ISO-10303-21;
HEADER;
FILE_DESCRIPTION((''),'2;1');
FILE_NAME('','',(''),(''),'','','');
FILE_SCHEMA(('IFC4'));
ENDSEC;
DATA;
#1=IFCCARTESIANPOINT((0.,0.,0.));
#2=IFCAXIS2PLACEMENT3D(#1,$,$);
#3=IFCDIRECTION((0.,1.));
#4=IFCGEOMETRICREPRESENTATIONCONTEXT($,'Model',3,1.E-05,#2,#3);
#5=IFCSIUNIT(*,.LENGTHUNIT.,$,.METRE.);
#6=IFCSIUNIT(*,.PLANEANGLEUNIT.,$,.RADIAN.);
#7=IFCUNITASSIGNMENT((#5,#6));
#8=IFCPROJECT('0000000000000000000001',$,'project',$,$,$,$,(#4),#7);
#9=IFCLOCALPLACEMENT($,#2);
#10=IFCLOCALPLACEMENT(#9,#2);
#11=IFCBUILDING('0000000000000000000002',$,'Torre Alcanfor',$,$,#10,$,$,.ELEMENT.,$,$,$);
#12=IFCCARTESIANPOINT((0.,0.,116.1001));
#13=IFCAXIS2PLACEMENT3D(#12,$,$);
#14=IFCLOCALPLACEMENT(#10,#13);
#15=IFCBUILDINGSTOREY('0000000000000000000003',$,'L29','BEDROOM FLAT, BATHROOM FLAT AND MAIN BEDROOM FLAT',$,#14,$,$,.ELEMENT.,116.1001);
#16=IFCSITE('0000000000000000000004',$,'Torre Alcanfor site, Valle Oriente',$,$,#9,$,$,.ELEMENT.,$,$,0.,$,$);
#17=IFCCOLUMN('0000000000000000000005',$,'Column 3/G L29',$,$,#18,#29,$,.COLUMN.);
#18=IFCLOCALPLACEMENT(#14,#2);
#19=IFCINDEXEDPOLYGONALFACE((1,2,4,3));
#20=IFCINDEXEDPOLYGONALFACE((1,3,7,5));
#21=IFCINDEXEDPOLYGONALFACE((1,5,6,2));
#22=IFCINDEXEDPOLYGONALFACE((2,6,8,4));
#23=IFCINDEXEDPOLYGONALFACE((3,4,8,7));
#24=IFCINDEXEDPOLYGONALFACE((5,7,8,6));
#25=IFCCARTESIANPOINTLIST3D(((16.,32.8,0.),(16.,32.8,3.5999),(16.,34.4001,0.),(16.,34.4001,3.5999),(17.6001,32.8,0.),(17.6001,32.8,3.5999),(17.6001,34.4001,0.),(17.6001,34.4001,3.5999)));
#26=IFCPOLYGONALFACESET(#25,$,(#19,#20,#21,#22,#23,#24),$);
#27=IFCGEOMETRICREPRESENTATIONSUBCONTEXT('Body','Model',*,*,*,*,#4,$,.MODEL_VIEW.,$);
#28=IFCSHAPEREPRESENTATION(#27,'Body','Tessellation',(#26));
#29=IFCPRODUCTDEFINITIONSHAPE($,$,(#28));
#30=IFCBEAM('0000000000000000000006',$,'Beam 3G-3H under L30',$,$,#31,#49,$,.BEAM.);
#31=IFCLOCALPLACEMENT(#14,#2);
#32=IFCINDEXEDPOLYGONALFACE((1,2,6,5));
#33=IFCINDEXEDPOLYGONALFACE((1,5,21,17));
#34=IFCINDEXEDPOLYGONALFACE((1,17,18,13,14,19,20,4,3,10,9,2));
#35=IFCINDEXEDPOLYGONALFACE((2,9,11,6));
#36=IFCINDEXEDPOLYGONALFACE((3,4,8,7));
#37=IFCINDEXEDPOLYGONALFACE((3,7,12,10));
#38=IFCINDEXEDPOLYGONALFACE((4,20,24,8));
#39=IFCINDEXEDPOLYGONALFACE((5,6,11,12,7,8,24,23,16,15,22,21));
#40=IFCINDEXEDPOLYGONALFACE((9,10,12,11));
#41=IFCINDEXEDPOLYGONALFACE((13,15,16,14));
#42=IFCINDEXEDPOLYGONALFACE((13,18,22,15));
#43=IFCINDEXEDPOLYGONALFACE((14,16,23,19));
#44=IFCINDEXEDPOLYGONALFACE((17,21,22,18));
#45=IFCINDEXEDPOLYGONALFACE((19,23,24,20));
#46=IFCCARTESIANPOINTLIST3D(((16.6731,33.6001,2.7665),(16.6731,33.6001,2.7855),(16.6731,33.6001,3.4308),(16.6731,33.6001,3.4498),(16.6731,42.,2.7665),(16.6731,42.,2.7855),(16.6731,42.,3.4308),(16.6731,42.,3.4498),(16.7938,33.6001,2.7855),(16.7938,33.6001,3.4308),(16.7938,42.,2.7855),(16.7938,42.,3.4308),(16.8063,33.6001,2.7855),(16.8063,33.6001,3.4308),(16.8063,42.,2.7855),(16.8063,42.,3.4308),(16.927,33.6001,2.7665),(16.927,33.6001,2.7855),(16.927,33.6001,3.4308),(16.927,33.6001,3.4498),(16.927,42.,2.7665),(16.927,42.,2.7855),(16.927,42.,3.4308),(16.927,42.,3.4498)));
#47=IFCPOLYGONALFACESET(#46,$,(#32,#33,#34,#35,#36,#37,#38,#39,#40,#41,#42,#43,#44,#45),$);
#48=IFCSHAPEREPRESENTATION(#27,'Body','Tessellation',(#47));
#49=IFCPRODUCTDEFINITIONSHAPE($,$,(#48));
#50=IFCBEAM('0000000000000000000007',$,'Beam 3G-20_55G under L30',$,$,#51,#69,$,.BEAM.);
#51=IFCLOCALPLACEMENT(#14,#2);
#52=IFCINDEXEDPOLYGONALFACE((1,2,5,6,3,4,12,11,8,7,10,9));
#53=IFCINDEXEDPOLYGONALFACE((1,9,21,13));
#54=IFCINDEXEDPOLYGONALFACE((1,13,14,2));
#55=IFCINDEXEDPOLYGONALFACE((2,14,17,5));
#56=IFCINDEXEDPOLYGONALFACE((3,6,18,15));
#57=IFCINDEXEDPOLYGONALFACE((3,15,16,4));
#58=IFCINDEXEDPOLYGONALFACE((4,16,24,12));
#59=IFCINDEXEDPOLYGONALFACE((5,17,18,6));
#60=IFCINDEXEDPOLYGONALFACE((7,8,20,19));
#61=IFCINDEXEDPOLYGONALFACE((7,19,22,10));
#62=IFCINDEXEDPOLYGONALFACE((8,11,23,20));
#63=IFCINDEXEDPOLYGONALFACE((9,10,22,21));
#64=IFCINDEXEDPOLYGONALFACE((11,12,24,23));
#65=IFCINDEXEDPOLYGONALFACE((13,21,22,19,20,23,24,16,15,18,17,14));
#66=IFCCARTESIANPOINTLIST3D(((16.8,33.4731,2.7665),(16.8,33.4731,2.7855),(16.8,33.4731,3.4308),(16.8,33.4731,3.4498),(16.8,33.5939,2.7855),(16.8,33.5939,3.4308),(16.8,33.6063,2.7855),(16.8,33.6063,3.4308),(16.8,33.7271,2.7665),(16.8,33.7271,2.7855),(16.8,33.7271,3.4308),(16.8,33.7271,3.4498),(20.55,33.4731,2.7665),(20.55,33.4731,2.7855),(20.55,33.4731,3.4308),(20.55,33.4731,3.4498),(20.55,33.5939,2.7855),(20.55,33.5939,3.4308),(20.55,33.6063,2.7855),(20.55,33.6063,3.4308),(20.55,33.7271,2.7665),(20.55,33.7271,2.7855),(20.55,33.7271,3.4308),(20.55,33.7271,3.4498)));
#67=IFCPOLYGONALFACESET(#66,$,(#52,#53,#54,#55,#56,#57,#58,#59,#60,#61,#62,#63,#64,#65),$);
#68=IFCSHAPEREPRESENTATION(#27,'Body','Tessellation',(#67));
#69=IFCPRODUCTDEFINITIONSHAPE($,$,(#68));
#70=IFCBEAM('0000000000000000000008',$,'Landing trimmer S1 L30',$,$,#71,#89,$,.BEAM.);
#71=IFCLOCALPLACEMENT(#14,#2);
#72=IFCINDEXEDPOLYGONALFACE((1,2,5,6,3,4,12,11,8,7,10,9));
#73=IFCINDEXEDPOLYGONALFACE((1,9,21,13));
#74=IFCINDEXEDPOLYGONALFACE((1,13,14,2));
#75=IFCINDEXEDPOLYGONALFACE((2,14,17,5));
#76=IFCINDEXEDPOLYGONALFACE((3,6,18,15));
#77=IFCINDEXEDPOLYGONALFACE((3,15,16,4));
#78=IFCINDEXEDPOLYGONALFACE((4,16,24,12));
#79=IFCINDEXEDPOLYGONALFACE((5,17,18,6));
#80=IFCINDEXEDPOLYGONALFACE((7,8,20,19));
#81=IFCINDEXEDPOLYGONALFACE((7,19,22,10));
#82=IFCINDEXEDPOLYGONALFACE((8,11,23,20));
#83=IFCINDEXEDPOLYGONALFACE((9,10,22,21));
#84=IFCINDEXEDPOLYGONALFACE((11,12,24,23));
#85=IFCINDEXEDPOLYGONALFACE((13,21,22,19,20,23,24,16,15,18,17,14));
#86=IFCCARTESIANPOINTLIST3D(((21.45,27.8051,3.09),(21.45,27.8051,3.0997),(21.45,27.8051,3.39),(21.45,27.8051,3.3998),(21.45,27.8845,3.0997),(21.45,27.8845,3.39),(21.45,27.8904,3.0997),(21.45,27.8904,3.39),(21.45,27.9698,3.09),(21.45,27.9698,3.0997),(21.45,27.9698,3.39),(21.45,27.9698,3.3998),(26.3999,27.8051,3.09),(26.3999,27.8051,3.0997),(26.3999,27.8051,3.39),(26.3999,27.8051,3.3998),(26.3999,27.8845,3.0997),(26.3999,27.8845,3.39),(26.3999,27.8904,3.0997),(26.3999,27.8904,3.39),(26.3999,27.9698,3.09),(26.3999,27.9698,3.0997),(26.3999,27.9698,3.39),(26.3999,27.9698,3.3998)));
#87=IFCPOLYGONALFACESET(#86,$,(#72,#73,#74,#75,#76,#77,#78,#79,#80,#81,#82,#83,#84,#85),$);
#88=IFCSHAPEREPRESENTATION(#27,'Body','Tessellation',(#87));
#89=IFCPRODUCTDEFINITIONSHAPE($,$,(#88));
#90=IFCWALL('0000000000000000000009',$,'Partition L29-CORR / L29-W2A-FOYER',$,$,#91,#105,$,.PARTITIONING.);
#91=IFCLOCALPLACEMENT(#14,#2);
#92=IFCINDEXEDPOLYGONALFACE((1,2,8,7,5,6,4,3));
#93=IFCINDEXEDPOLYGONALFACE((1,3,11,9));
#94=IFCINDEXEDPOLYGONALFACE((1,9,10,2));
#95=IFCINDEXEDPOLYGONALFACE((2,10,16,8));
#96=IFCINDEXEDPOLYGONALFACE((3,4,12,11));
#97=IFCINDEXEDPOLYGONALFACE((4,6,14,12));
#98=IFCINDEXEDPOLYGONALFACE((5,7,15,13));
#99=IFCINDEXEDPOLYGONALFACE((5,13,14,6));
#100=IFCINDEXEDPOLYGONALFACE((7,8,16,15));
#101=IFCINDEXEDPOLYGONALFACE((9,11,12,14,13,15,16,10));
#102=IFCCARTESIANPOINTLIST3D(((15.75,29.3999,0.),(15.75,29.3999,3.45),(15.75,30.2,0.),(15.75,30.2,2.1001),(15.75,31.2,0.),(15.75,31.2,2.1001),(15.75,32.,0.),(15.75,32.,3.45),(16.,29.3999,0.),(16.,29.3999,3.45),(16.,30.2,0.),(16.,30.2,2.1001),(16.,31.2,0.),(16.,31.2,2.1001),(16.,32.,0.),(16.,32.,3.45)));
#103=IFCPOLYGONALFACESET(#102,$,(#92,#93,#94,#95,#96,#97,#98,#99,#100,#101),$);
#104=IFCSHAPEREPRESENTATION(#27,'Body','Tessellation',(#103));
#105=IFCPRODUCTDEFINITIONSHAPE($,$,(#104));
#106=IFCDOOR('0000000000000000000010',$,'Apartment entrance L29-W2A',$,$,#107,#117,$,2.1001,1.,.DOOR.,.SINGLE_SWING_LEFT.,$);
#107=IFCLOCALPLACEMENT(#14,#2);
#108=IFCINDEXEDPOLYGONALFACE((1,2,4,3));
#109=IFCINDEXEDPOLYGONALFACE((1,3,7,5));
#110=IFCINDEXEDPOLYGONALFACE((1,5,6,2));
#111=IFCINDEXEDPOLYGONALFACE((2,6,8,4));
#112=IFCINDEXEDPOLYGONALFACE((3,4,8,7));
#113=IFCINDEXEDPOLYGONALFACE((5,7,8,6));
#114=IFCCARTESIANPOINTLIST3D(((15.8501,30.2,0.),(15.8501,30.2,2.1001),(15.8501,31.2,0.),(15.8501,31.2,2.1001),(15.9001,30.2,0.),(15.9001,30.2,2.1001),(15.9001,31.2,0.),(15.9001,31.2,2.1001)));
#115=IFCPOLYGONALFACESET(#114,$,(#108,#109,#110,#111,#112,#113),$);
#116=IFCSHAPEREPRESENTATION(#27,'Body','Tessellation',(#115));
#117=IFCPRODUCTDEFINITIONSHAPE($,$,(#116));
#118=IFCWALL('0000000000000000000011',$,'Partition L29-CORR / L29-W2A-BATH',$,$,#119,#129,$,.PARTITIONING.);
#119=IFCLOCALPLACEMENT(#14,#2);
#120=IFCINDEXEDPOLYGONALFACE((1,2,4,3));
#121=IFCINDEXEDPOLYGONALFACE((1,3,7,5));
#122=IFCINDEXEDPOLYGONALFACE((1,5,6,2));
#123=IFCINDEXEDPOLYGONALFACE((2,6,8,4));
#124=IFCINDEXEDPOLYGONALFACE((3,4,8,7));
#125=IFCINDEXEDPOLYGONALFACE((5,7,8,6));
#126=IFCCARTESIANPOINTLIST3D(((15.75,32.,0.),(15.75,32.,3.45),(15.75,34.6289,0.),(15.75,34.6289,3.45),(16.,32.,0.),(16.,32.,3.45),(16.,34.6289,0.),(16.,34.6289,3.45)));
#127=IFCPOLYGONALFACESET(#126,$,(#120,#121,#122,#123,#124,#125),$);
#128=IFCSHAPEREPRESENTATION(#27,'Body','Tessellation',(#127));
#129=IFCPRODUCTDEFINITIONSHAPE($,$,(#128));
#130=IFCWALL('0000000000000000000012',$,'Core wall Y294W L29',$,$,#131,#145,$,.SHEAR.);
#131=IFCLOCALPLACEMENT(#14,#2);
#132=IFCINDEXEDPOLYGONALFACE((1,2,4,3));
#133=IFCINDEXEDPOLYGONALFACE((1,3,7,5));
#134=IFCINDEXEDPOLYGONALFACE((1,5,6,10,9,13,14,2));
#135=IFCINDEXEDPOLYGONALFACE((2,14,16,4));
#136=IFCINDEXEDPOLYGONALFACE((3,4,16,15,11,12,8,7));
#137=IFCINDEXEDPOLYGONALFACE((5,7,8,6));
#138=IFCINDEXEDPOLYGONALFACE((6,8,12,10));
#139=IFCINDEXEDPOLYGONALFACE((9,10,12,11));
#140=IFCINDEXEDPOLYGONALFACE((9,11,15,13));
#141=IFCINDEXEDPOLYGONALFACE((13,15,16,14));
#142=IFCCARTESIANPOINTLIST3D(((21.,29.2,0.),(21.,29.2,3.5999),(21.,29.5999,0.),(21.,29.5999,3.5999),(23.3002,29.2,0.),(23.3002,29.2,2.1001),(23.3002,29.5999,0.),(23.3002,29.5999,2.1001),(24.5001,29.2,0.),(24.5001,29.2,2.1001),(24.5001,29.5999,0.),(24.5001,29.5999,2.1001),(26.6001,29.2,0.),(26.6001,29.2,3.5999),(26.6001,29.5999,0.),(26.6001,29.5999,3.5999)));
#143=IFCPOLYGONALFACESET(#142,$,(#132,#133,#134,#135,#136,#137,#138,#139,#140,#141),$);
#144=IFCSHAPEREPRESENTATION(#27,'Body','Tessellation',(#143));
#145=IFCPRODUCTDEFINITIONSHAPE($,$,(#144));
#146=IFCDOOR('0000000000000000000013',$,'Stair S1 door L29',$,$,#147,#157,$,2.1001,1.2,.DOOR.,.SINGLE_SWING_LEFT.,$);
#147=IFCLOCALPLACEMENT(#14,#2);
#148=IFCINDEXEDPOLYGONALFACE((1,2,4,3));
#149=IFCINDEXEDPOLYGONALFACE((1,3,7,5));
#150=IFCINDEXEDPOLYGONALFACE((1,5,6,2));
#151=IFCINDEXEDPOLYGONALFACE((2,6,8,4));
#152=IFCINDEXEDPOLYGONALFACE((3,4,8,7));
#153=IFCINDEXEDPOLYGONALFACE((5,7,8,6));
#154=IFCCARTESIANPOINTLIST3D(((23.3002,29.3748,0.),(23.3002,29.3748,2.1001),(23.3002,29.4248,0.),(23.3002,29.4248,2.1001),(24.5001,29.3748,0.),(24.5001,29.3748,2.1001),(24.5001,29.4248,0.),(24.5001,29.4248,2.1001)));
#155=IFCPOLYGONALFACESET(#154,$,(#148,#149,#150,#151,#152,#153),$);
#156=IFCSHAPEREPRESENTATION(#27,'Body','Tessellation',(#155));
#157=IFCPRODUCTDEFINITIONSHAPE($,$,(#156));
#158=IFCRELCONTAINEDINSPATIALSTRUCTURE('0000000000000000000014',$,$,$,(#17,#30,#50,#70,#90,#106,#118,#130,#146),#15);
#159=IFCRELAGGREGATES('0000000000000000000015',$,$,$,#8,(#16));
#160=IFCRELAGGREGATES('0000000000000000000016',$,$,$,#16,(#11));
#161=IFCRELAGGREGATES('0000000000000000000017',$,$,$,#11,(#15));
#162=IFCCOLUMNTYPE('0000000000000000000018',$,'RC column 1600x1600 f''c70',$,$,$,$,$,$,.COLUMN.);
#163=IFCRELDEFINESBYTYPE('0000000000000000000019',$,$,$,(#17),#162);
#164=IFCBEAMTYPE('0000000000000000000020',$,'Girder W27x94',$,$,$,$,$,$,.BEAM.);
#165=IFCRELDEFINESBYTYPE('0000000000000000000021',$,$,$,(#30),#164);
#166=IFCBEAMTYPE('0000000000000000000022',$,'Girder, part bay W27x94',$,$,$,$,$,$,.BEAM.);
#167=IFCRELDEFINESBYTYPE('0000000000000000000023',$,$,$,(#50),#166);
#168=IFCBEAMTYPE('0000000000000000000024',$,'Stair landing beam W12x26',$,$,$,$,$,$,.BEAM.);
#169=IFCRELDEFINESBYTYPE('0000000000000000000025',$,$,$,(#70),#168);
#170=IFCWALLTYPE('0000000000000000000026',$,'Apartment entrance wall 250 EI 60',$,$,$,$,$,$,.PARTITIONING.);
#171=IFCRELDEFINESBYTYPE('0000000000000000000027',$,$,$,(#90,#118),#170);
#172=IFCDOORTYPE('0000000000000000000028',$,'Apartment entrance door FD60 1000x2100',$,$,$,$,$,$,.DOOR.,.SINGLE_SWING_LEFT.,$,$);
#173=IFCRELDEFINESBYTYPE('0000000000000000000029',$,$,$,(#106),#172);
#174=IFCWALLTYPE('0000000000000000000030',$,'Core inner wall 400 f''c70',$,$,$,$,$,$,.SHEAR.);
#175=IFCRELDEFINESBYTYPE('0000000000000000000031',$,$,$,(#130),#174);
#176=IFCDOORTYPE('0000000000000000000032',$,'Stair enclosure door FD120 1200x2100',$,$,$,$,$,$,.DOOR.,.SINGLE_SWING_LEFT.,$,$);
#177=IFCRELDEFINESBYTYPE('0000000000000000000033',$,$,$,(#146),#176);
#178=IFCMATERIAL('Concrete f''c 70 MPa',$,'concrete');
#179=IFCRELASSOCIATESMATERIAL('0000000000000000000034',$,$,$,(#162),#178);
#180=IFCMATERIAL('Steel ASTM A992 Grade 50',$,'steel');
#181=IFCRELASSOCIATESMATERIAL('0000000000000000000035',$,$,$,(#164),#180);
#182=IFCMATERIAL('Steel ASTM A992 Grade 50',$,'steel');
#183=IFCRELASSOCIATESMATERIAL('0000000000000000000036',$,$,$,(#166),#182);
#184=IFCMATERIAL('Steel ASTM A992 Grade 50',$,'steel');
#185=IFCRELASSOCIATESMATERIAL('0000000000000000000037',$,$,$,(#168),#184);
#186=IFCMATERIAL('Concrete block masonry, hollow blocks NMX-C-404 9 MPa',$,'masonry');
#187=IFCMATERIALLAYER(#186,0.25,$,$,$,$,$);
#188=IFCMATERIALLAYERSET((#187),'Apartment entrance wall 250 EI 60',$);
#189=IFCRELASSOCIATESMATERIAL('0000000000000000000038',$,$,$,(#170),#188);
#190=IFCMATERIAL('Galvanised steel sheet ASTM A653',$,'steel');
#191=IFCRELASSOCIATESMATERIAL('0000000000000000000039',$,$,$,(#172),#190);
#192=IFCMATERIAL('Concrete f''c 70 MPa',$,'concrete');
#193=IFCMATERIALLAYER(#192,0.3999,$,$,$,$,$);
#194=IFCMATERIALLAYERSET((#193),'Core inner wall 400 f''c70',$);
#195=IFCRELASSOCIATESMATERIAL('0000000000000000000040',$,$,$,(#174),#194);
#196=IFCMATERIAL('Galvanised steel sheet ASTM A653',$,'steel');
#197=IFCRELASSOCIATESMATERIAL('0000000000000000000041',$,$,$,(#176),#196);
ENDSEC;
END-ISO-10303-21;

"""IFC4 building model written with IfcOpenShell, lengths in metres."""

from ifc_helpers import new_model, si_unit, direction, frame, frame_2d, origin, origin_2d, place, context, subcontext, project, spatial, rectangle, i_section, extrude, material, layer, layer_set, material_profile, profile_set, type_object, element, fill, save


model = new_model("IFC4")

# Units and contexts
model_context = context("Model", 3, precision=1e-05, world=origin(), true_north=direction((0.0, 1.0)))
body_context = subcontext(model_context, "Body", "Model", "MODEL_VIEW")
ifc_project = project(units=[si_unit("LENGTHUNIT", "METRE"), si_unit("PLANEANGLEUNIT", "RADIAN")], contexts=[model_context])

# Site, building, storey
site_placement = place(None, origin())
site = spatial("IfcSite", under=ifc_project, at=site_placement, Name="Torre Alcanfor site, Valle Oriente", CompositionType="ELEMENT", RefElevation=0.0)
building_placement = place(site_placement, origin())
building = spatial("IfcBuilding", under=site, at=building_placement, Name="Torre Alcanfor", CompositionType="ELEMENT")
storey_placement = place(building_placement, frame((0.0, 0.0, 116.1001)))
storey = spatial("IfcBuildingStorey", under=building, at=storey_placement, Name="L29", Description="BEDROOM FLAT, BATHROOM FLAT AND MAIN BEDROOM FLAT", CompositionType="ELEMENT", Elevation=116.1001)

# Column
ifc_material_1 = material(Name="Concrete f'c 70 MPa", Category="concrete")
ifc_material_profile_1 = material_profile(ifc_material_1, rectangle(XDim=1.6001, YDim=1.6001, at=origin_2d()), Name="1600x1600")
ifc_profile_set_1 = profile_set([ifc_material_profile_1], Name="Concrete f'c 70 MPa")
column_type = type_object("IfcColumnType", Name="RC column 1600x1600 f'c70", PredefinedType="COLUMN", material=ifc_profile_set_1)
column_placement = place(storey_placement, frame((16.8, 33.6001, 0.0), z_axis=(0.0, 0.0, 1.0), x_axis=(1.0, 0.0, 0.0)))
element("IfcColumn", 1, at=column_placement, inside=storey, type_object=column_type, Name="Column 3/G L29", PredefinedType="COLUMN", context=body_context, shape_type="SweptSolid", body=[
    extrude(rectangle(XDim=1.6001, YDim=1.6001, at=origin_2d()), origin(), (0.0, 0.0, 1.0), 3.5999),
])

# Beams
ifc_material_2 = material(Name="Steel ASTM A992 Grade 50", Category="steel")
ifc_material_profile_2 = material_profile(ifc_material_2, i_section(OverallWidth=0.2539, OverallDepth=0.6833, WebThickness=0.0125, FlangeThickness=0.019, at=origin_2d()), Name="W27x94")
ifc_profile_set_2 = profile_set([ifc_material_profile_2], Name="Steel ASTM A992 Grade 50")
beam_type_1 = type_object("IfcBeamType", Name="Girder W27x94", PredefinedType="BEAM", material=ifc_profile_set_2)
beam_1_placement = place(storey_placement, frame((16.8, 33.6001, 3.1082), z_axis=(0.0, 1.0, 0.0), x_axis=(-1.0, 0.0, 0.0)))
element("IfcBeam", 2, at=beam_1_placement, inside=storey, type_object=beam_type_1, Name="Beam 3G-3H under L30", PredefinedType="BEAM", context=body_context, shape_type="SweptSolid", body=[
    extrude(i_section(OverallWidth=0.2539, OverallDepth=0.6833, WebThickness=0.0125, FlangeThickness=0.019, at=origin_2d()), origin(), (0.0, 0.0, 1.0), 8.3999),
])
ifc_material_3 = material(Name="Steel ASTM A992 Grade 50", Category="steel")
ifc_material_profile_3 = material_profile(ifc_material_3, i_section(OverallWidth=0.2539, OverallDepth=0.6833, WebThickness=0.0125, FlangeThickness=0.019, at=origin_2d()), Name="W27x94")
ifc_profile_set_3 = profile_set([ifc_material_profile_3], Name="Steel ASTM A992 Grade 50")
beam_type_2 = type_object("IfcBeamType", Name="Girder, part bay W27x94", PredefinedType="BEAM", material=ifc_profile_set_3)
beam_2_placement = place(storey_placement, frame((16.8, 33.6001, 3.1082), z_axis=(1.0, 0.0, 0.0), x_axis=(0.0, 1.0, 0.0)))
element("IfcBeam", 3, at=beam_2_placement, inside=storey, type_object=beam_type_2, Name="Beam 3G-20_55G under L30", PredefinedType="BEAM", context=body_context, shape_type="SweptSolid", body=[
    extrude(i_section(OverallWidth=0.2539, OverallDepth=0.6833, WebThickness=0.0125, FlangeThickness=0.019, at=origin_2d()), origin(), (0.0, 0.0, 1.0), 3.75),
])
ifc_material_4 = material(Name="Steel ASTM A992 Grade 50", Category="steel")
ifc_material_profile_4 = material_profile(ifc_material_4, i_section(OverallWidth=0.1648, OverallDepth=0.3098, WebThickness=0.0059, FlangeThickness=0.0098, at=origin_2d()), Name="W12x26")
ifc_profile_set_4 = profile_set([ifc_material_profile_4], Name="Steel ASTM A992 Grade 50")
beam_type_3 = type_object("IfcBeamType", Name="Stair landing beam W12x26", PredefinedType="BEAM", material=ifc_profile_set_4)
beam_3_placement = place(storey_placement, frame((21.45, 27.8875, 3.2449), z_axis=(1.0, 0.0, 0.0), x_axis=(0.0, 1.0, 0.0)))
element("IfcBeam", 4, at=beam_3_placement, inside=storey, type_object=beam_type_3, Name="Landing trimmer S1 L30", PredefinedType="BEAM", context=body_context, shape_type="SweptSolid", body=[
    extrude(i_section(OverallWidth=0.1648, OverallDepth=0.3098, WebThickness=0.0059, FlangeThickness=0.0098, at=origin_2d()), origin(), (0.0, 0.0, 1.0), 4.95),
])

# Wall, opening, door
ifc_material_5 = material(Name="Concrete block masonry, hollow blocks NMX-C-404 9 MPa", Category="masonry")
ifc_layer_1 = layer(ifc_material_5, 0.25)
ifc_layer_set_1 = layer_set([ifc_layer_1], Name="Apartment entrance wall 250 EI 60")
wall_type_1 = type_object("IfcWallType", Name="Apartment entrance wall 250 EI 60", PredefinedType="PARTITIONING", material=ifc_layer_set_1)
wall_1_placement = place(storey_placement, frame((15.875, 29.3999, 0.0), z_axis=(0.0, 0.0, 1.0), x_axis=(0.0, 1.0, 0.0)))
wall_1 = element("IfcWall", 5, at=wall_1_placement, inside=storey, type_object=wall_type_1, Name="Partition L29-CORR / L29-W2A-FOYER", PredefinedType="PARTITIONING", context=body_context, shape_type="SweptSolid", body=[
    extrude(rectangle(XDim=2.6001, YDim=0.25, at=frame_2d((1.3, 0.0))), origin(), (0.0, 0.0, 1.0), 3.45),
])
opening_1_placement = place(wall_1_placement, frame((0.8, 0.0, 0.0)))
opening_1 = element("IfcOpeningElement", 6, at=opening_1_placement, cuts=wall_1, PredefinedType="OPENING", context=body_context, shape_type="SweptSolid", body=[
    extrude(rectangle(XDim=1.0, YDim=2.1001, at=frame_2d((0.5, 1.05))), frame((0.0, 0.135, 0.0), z_axis=(0.0, -1.0, 0.0), x_axis=(1.0, 0.0, 0.0)), (0.0, 0.0, 1.0), 0.27),
])
ifc_material_6 = material(Name="Galvanised steel sheet ASTM A653", Category="steel")
door_type_1 = type_object("IfcDoorType", Name="Apartment entrance door FD60 1000x2100", OperationType="SINGLE_SWING_LEFT", PredefinedType="DOOR", material=ifc_material_6)
door_1_placement = place(opening_1_placement, origin())
door_1 = element("IfcDoor", 7, at=door_1_placement, inside=storey, type_object=door_type_1, Name="Apartment entrance L29-W2A", OperationType="SINGLE_SWING_LEFT", OverallHeight=2.1001, OverallWidth=1.0, PredefinedType="DOOR", context=body_context, shape_type="SweptSolid", body=[
    extrude(rectangle(XDim=1.0, YDim=2.1001, at=frame_2d((0.5, 1.05))), frame((0.0, 0.0249, 0.0), z_axis=(0.0, -1.0, 0.0), x_axis=(1.0, 0.0, 0.0)), (0.0, 0.0, 1.0), 0.05),
])
fill(opening_1, door_1)

# Wall
wall_2_placement = place(storey_placement, frame((15.875, 32.0, 0.0), z_axis=(0.0, 0.0, 1.0), x_axis=(0.0, 1.0, 0.0)))
element("IfcWall", 8, at=wall_2_placement, inside=storey, type_object=wall_type_1, Name="Partition L29-CORR / L29-W2A-BATH", PredefinedType="PARTITIONING", context=body_context, shape_type="SweptSolid", body=[
    extrude(rectangle(XDim=2.6289, YDim=0.25, at=frame_2d((1.3145, 0.0))), origin(), (0.0, 0.0, 1.0), 3.45),
])

# Wall, opening, door
ifc_material_7 = material(Name="Concrete f'c 70 MPa", Category="concrete")
ifc_layer_2 = layer(ifc_material_7, 0.3999)
ifc_layer_set_2 = layer_set([ifc_layer_2], Name="Core inner wall 400 f'c70")
wall_type_2 = type_object("IfcWallType", Name="Core inner wall 400 f'c70", PredefinedType="SHEAR", material=ifc_layer_set_2)
wall_3_placement = place(storey_placement, frame((21.0, 29.3999, 0.0), z_axis=(0.0, 0.0, 1.0), x_axis=(1.0, 0.0, 0.0)))
wall_3 = element("IfcWall", 9, at=wall_3_placement, inside=storey, type_object=wall_type_2, Name="Core wall Y294W L29", PredefinedType="SHEAR", context=body_context, shape_type="SweptSolid", body=[
    extrude(rectangle(XDim=5.6001, YDim=0.3999, at=frame_2d((2.8, 0.0))), origin(), (0.0, 0.0, 1.0), 3.5999),
])
opening_2_placement = place(wall_3_placement, frame((2.3, 0.0, 0.0)))
opening_2 = element("IfcOpeningElement", 10, at=opening_2_placement, cuts=wall_3, PredefinedType="OPENING", context=body_context, shape_type="SweptSolid", body=[
    extrude(rectangle(XDim=1.2, YDim=2.1001, at=frame_2d((0.6001, 1.05))), frame((0.0, 0.21, 0.0), z_axis=(0.0, -1.0, 0.0), x_axis=(1.0, 0.0, 0.0)), (0.0, 0.0, 1.0), 0.4199),
])
ifc_material_8 = material(Name="Galvanised steel sheet ASTM A653", Category="steel")
door_type_2 = type_object("IfcDoorType", Name="Stair enclosure door FD120 1200x2100", OperationType="SINGLE_SWING_LEFT", PredefinedType="DOOR", material=ifc_material_8)
door_2_placement = place(opening_2_placement, frame((1.2, 0.0, 0.0), z_axis=(0.0, 0.0, 1.0), x_axis=(-1.0, 0.0, 0.0)))
door_2 = element("IfcDoor", 11, at=door_2_placement, inside=storey, type_object=door_type_2, Name="Stair S1 door L29", OperationType="SINGLE_SWING_LEFT", OverallHeight=2.1001, OverallWidth=1.2, PredefinedType="DOOR", context=body_context, shape_type="SweptSolid", body=[
    extrude(rectangle(XDim=1.2, YDim=2.1001, at=frame_2d((0.5999, 1.05))), frame((0.0, 0.0251, 0.0), z_axis=(0.0, -1.0, 0.0), x_axis=(1.0, 0.0, 0.0)), (0.0, 0.0, 1.0), 0.05),
])
fill(opening_2, door_2)

save(model, "model.ifc")
